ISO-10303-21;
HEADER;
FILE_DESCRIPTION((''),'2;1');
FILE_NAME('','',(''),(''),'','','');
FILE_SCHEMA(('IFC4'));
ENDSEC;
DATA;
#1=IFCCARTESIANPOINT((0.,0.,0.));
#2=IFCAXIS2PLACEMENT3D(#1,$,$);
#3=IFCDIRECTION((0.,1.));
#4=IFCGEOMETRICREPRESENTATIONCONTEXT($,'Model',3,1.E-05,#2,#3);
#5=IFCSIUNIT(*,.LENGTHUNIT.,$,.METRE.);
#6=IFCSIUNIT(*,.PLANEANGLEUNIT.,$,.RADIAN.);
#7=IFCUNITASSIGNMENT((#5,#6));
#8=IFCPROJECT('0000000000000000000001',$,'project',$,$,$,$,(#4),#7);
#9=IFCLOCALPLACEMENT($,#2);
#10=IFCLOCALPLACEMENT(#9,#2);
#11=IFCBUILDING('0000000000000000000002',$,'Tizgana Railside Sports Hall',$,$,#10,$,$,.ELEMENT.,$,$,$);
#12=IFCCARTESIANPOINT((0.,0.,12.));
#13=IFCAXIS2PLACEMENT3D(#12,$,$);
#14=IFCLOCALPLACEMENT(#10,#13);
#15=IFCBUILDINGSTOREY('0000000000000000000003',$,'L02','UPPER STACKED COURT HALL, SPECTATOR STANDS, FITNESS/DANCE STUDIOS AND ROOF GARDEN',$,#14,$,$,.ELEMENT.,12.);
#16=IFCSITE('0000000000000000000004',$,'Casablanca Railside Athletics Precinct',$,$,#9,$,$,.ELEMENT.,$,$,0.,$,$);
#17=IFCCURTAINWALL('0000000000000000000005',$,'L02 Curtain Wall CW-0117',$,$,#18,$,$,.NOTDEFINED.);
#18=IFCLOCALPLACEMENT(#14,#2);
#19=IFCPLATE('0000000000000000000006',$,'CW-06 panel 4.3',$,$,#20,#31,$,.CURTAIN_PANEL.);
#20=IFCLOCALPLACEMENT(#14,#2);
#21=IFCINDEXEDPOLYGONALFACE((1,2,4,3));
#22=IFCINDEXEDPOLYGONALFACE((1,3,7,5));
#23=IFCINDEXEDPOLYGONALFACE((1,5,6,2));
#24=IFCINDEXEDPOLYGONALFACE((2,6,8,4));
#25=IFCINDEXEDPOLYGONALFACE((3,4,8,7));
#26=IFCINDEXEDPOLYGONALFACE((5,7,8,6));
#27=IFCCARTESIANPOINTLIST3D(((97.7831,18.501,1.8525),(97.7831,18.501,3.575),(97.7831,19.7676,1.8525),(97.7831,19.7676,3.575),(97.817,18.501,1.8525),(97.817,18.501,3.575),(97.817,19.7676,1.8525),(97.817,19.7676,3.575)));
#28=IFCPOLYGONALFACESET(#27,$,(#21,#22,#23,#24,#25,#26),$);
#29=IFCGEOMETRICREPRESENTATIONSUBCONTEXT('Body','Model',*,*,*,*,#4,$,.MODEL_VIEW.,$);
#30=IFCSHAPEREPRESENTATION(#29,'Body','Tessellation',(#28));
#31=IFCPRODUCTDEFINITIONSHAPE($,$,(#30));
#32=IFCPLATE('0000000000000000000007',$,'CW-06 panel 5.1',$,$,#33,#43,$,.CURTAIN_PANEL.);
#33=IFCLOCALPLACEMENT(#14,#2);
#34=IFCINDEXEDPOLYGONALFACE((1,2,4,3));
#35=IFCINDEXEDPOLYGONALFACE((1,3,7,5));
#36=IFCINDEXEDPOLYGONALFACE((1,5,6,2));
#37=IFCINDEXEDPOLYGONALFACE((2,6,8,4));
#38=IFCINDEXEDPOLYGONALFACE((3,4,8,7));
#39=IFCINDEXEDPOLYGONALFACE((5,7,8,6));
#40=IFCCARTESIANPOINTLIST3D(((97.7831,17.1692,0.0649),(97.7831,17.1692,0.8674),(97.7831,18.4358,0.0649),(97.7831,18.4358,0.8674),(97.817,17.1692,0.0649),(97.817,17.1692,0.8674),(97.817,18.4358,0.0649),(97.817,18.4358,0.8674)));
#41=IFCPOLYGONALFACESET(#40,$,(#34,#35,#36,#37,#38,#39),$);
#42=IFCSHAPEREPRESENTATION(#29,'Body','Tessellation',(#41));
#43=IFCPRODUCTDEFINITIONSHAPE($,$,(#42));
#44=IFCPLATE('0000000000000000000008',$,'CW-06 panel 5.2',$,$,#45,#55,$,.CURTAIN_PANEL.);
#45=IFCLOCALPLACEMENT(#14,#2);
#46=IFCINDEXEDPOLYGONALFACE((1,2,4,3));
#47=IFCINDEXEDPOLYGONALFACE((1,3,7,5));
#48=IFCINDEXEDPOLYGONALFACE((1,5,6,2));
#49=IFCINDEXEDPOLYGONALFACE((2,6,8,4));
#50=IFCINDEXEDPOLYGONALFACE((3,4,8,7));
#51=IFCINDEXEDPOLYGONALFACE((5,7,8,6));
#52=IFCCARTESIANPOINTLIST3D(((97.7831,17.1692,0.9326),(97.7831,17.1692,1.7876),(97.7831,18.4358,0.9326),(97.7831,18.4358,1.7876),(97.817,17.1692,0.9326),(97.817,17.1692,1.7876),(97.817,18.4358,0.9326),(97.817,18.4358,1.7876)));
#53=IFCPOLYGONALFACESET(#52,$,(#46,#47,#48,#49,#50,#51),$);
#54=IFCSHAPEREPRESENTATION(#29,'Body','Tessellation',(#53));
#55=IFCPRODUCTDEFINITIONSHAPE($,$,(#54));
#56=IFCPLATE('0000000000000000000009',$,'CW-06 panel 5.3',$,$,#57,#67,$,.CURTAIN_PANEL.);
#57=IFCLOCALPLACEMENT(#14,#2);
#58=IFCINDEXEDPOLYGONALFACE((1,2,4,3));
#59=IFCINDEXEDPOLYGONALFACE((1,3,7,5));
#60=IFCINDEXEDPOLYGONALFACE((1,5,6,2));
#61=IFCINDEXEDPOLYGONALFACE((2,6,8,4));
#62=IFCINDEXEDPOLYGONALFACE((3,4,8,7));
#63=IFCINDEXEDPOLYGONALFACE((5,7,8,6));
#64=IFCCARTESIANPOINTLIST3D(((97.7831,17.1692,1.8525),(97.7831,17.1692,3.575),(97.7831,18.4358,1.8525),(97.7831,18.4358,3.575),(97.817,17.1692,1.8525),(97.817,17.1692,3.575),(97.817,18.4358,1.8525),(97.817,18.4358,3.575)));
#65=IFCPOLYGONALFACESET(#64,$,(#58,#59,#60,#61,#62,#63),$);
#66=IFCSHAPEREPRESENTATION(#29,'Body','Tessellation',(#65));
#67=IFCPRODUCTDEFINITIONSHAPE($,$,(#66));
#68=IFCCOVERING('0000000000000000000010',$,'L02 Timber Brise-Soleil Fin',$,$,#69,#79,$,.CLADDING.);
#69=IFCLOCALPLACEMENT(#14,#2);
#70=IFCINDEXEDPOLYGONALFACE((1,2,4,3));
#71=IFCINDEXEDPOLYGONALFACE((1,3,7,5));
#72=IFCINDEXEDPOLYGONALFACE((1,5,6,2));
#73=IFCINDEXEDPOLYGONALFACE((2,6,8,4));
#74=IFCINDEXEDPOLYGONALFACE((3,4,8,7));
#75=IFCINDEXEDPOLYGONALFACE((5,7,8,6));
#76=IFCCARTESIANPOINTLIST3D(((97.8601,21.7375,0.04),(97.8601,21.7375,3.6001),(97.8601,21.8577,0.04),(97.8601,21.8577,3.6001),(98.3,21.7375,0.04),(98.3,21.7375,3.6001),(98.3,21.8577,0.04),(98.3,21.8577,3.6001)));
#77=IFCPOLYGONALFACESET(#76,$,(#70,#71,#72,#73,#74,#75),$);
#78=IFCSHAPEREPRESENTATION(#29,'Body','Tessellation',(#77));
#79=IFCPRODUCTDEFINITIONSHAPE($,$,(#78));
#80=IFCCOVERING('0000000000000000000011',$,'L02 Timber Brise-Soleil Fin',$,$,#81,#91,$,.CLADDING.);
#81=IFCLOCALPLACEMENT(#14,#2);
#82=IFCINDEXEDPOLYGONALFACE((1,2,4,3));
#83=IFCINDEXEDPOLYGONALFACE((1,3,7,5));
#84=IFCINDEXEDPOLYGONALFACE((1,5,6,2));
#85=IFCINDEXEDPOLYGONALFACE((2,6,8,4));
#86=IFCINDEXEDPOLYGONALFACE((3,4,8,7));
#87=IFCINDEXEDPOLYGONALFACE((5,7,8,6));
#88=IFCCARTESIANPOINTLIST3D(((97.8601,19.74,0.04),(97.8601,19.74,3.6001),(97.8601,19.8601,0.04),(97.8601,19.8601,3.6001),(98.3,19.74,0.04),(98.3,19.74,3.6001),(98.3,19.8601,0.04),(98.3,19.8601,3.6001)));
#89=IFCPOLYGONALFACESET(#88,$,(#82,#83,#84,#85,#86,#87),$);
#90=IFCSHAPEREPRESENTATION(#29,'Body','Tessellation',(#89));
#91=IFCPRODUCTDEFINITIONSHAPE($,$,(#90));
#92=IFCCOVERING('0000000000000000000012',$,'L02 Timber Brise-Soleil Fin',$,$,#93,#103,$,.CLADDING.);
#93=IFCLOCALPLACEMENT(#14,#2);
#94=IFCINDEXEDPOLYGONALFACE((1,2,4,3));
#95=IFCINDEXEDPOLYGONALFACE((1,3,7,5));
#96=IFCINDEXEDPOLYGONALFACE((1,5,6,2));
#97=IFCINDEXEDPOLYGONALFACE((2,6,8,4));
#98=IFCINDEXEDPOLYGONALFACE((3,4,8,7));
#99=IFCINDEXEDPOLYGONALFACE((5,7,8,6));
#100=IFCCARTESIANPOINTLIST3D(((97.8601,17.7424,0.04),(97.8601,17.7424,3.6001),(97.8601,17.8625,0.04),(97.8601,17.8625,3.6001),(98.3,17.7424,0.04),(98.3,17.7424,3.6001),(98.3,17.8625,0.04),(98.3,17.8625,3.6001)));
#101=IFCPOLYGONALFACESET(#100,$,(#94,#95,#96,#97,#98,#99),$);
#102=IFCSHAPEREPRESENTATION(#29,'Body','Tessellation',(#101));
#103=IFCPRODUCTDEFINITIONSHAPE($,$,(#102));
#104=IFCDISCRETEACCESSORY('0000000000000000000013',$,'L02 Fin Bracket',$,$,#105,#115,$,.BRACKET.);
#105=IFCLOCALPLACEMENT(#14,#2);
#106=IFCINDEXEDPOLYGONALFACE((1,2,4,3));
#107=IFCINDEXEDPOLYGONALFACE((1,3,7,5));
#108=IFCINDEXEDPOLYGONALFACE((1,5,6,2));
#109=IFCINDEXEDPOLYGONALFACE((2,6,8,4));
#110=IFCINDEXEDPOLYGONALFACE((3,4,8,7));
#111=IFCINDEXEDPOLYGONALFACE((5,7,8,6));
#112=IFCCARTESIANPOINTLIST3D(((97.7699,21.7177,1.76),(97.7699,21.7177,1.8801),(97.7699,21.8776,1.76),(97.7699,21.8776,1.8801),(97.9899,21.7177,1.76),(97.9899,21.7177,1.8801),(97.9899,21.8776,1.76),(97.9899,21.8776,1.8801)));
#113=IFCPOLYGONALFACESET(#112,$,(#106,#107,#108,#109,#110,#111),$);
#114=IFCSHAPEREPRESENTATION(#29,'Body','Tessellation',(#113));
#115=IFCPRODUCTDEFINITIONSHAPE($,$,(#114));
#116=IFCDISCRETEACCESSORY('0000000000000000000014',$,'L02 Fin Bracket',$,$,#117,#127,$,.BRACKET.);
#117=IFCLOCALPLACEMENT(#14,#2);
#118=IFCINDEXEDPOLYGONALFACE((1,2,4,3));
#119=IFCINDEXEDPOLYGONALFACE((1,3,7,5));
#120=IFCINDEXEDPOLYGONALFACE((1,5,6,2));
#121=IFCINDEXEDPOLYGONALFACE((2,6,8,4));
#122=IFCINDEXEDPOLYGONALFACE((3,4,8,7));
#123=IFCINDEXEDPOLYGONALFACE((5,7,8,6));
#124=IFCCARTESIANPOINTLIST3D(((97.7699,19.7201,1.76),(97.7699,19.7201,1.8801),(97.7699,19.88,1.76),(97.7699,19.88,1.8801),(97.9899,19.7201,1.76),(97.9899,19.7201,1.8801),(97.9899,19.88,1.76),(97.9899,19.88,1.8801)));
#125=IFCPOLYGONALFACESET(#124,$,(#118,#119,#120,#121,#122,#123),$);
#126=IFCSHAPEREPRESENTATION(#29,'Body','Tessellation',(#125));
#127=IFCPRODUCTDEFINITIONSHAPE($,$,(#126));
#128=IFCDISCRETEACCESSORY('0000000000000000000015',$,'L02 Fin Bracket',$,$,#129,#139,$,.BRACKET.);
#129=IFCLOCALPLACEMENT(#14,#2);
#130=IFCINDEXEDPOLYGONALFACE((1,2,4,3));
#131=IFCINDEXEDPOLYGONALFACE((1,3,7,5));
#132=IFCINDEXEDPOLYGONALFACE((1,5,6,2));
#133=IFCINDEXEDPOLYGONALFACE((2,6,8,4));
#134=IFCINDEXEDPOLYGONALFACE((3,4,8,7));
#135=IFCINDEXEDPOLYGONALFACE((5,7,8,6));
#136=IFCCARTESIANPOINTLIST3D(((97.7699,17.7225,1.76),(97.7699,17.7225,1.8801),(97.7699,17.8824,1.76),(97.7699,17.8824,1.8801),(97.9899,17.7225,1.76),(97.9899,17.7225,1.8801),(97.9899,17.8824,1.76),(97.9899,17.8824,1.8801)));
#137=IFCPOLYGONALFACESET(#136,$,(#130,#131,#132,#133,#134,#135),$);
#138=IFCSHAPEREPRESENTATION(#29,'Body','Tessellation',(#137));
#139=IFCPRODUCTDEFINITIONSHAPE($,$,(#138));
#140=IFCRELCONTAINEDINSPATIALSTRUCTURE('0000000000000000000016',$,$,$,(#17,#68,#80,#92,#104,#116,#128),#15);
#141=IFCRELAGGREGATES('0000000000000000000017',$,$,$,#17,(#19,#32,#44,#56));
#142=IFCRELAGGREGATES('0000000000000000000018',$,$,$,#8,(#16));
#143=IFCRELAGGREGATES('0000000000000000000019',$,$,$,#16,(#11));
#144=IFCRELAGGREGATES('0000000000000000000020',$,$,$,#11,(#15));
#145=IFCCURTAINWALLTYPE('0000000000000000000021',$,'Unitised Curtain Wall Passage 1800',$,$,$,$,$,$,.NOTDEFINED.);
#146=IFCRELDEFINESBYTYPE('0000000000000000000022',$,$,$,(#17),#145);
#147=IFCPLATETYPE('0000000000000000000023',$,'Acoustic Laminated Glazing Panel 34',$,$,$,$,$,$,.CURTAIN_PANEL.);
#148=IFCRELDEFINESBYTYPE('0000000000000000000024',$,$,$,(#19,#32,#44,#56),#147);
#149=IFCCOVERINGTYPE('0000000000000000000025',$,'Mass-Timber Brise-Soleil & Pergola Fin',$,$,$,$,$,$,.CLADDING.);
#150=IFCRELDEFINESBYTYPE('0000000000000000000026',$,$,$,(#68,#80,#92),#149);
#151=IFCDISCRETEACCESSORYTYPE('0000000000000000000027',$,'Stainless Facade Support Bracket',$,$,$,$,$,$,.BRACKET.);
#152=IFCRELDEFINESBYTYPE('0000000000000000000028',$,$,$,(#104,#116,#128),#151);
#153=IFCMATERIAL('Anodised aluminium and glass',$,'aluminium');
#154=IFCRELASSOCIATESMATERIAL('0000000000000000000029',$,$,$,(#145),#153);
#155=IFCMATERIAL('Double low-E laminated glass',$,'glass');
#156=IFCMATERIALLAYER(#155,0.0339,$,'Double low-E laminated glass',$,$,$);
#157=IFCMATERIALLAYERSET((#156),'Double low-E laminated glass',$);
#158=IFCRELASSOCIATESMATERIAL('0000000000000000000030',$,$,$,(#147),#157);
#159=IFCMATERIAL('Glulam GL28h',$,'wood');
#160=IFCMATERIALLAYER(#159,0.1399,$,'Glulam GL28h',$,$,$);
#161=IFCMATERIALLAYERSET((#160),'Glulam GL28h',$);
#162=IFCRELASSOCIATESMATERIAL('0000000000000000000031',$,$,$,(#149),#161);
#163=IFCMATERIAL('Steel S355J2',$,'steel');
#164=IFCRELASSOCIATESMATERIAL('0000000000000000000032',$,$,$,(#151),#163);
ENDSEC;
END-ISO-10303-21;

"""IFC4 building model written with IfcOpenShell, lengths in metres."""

from ifc_helpers import new_model, si_unit, direction, frame, origin, origin_2d, place, context, subcontext, project, spatial, rectangle, extrude, material, layer, layer_set, type_object, element, aggregate, save


model = new_model("IFC4")

# Units and contexts
model_context = context("Model", 3, precision=1e-05, world=origin(), true_north=direction((0.0, 1.0)))
body_context = subcontext(model_context, "Body", "Model", "MODEL_VIEW")
ifc_project = project(units=[si_unit("LENGTHUNIT", "METRE"), si_unit("PLANEANGLEUNIT", "RADIAN")], contexts=[model_context])

# Site, building, storey
site_placement = place(None, origin())
site = spatial("IfcSite", under=ifc_project, at=site_placement, Name="Casablanca Railside Athletics Precinct", CompositionType="ELEMENT", RefElevation=0.0)
building_placement = place(site_placement, origin())
building = spatial("IfcBuilding", under=site, at=building_placement, Name="Tizgana Railside Sports Hall", CompositionType="ELEMENT")
storey_placement = place(building_placement, frame((0.0, 0.0, 12.0)))
storey = spatial("IfcBuildingStorey", under=building, at=storey_placement, Name="L02", Description="UPPER STACKED COURT HALL, SPECTATOR STANDS, FITNESS/DANCE STUDIOS AND ROOF GARDEN", CompositionType="ELEMENT", Elevation=12.0)

# Curtain wall, plates
ifc_material_1 = material(Name="Anodised aluminium and glass", Category="aluminium")
curtain_wall_type = type_object("IfcCurtainWallType", Name="Unitised Curtain Wall Passage 1800", PredefinedType="NOTDEFINED", material=ifc_material_1)
curtain_wall_placement = place(storey_placement, origin())
curtain_wall = element("IfcCurtainWall", 1, at=curtain_wall_placement, inside=storey, type_object=curtain_wall_type, Name="L02 Curtain Wall CW-0117", PredefinedType="NOTDEFINED")
ifc_material_2 = material(Name="Double low-E laminated glass", Category="glass")
ifc_layer_1 = layer(ifc_material_2, 0.0339, Name="Double low-E laminated glass")
ifc_layer_set_1 = layer_set([ifc_layer_1], Name="Double low-E laminated glass")
plate_type = type_object("IfcPlateType", Name="Acoustic Laminated Glazing Panel 34", PredefinedType="CURTAIN_PANEL", material=ifc_layer_set_1)
plate_1_placement = place(storey_placement, frame((97.8, 19.1343, 1.8525), z_axis=(0.0, 0.0, 1.0), x_axis=(0.0, -1.0, 0.0)))
plate_1 = element("IfcPlate", 2, at=plate_1_placement, type_object=plate_type, Name="CW-06 panel 4.3", PredefinedType="CURTAIN_PANEL", context=body_context, shape_type="SweptSolid", body=[
    extrude(rectangle(XDim=1.2666, YDim=0.0339, at=origin_2d()), origin(), (0.0, 0.0, 1.0), 1.7224),
])
plate_2_placement = place(storey_placement, frame((97.8, 17.8025, 0.0649), z_axis=(0.0, 0.0, 1.0), x_axis=(0.0, -1.0, 0.0)))
plate_2 = element("IfcPlate", 3, at=plate_2_placement, type_object=plate_type, Name="CW-06 panel 5.1", PredefinedType="CURTAIN_PANEL", context=body_context, shape_type="SweptSolid", body=[
    extrude(rectangle(XDim=1.2666, YDim=0.0339, at=origin_2d()), origin(), (0.0, 0.0, 1.0), 0.8025),
])
plate_3_placement = place(storey_placement, frame((97.8, 17.8025, 0.9326), z_axis=(0.0, 0.0, 1.0), x_axis=(0.0, -1.0, 0.0)))
plate_3 = element("IfcPlate", 4, at=plate_3_placement, type_object=plate_type, Name="CW-06 panel 5.2", PredefinedType="CURTAIN_PANEL", context=body_context, shape_type="SweptSolid", body=[
    extrude(rectangle(XDim=1.2666, YDim=0.0339, at=origin_2d()), origin(), (0.0, 0.0, 1.0), 0.855),
])
plate_4_placement = place(storey_placement, frame((97.8, 17.8025, 1.8525), z_axis=(0.0, 0.0, 1.0), x_axis=(0.0, -1.0, 0.0)))
plate_4 = element("IfcPlate", 5, at=plate_4_placement, type_object=plate_type, Name="CW-06 panel 5.3", PredefinedType="CURTAIN_PANEL", context=body_context, shape_type="SweptSolid", body=[
    extrude(rectangle(XDim=1.2666, YDim=0.0339, at=origin_2d()), origin(), (0.0, 0.0, 1.0), 1.7224),
])
aggregate(curtain_wall, [plate_1, plate_2, plate_3, plate_4])

# Coverings
ifc_material_3 = material(Name="Glulam GL28h", Category="wood")
ifc_layer_2 = layer(ifc_material_3, 0.1399, Name="Glulam GL28h")
ifc_layer_set_2 = layer_set([ifc_layer_2], Name="Glulam GL28h")
covering_type = type_object("IfcCoveringType", Name="Mass-Timber Brise-Soleil & Pergola Fin", PredefinedType="CLADDING", material=ifc_layer_set_2)
for number, where, z_axis, x_axis, name in (
    (6, (98.0801, 21.7976, 0.04), (0.0, 0.0, 1.0), (0.0, -1.0, 0.0), "L02 Timber Brise-Soleil Fin"),
    (7, (98.0801, 19.8, 0.04), (0.0, 0.0, 1.0), (0.0, -1.0, 0.0), "L02 Timber Brise-Soleil Fin"),
    (8, (98.0801, 17.8025, 0.04), (0.0, 0.0, 1.0), (0.0, -1.0, 0.0), "L02 Timber Brise-Soleil Fin"),
):
    element("IfcCovering", number, at=place(storey_placement, frame(where, z_axis=z_axis, x_axis=x_axis)), inside=storey, type_object=covering_type, Name=name, PredefinedType="CLADDING", context=body_context, shape_type="SweptSolid", body=[
        extrude(rectangle(XDim=0.1201, YDim=0.4399, at=origin_2d()), origin(), (0.0, 0.0, 1.0), 3.5601),
    ])

# Discrete accessories
ifc_material_4 = material(Name="Steel S355J2", Category="steel")
discrete_accessory_type = type_object("IfcDiscreteAccessoryType", Name="Stainless Facade Support Bracket", PredefinedType="BRACKET", material=ifc_material_4)
for number, where, z_axis, x_axis, name in (
    (9, (97.8799, 21.7976, 1.76), (0.0, 0.0, 1.0), (0.0, -1.0, 0.0), "L02 Fin Bracket"),
    (10, (97.8799, 19.8, 1.76), (0.0, 0.0, 1.0), (0.0, -1.0, 0.0), "L02 Fin Bracket"),
    (11, (97.8799, 17.8025, 1.76), (0.0, 0.0, 1.0), (0.0, -1.0, 0.0), "L02 Fin Bracket"),
):
    element("IfcDiscreteAccessory", number, at=place(storey_placement, frame(where, z_axis=z_axis, x_axis=x_axis)), inside=storey, type_object=discrete_accessory_type, Name=name, PredefinedType="BRACKET", context=body_context, shape_type="SweptSolid", body=[
        extrude(rectangle(XDim=0.1599, YDim=0.22, at=origin_2d()), origin(), (0.0, 0.0, 1.0), 0.1201),
    ])

save(model, "model.ifc")
